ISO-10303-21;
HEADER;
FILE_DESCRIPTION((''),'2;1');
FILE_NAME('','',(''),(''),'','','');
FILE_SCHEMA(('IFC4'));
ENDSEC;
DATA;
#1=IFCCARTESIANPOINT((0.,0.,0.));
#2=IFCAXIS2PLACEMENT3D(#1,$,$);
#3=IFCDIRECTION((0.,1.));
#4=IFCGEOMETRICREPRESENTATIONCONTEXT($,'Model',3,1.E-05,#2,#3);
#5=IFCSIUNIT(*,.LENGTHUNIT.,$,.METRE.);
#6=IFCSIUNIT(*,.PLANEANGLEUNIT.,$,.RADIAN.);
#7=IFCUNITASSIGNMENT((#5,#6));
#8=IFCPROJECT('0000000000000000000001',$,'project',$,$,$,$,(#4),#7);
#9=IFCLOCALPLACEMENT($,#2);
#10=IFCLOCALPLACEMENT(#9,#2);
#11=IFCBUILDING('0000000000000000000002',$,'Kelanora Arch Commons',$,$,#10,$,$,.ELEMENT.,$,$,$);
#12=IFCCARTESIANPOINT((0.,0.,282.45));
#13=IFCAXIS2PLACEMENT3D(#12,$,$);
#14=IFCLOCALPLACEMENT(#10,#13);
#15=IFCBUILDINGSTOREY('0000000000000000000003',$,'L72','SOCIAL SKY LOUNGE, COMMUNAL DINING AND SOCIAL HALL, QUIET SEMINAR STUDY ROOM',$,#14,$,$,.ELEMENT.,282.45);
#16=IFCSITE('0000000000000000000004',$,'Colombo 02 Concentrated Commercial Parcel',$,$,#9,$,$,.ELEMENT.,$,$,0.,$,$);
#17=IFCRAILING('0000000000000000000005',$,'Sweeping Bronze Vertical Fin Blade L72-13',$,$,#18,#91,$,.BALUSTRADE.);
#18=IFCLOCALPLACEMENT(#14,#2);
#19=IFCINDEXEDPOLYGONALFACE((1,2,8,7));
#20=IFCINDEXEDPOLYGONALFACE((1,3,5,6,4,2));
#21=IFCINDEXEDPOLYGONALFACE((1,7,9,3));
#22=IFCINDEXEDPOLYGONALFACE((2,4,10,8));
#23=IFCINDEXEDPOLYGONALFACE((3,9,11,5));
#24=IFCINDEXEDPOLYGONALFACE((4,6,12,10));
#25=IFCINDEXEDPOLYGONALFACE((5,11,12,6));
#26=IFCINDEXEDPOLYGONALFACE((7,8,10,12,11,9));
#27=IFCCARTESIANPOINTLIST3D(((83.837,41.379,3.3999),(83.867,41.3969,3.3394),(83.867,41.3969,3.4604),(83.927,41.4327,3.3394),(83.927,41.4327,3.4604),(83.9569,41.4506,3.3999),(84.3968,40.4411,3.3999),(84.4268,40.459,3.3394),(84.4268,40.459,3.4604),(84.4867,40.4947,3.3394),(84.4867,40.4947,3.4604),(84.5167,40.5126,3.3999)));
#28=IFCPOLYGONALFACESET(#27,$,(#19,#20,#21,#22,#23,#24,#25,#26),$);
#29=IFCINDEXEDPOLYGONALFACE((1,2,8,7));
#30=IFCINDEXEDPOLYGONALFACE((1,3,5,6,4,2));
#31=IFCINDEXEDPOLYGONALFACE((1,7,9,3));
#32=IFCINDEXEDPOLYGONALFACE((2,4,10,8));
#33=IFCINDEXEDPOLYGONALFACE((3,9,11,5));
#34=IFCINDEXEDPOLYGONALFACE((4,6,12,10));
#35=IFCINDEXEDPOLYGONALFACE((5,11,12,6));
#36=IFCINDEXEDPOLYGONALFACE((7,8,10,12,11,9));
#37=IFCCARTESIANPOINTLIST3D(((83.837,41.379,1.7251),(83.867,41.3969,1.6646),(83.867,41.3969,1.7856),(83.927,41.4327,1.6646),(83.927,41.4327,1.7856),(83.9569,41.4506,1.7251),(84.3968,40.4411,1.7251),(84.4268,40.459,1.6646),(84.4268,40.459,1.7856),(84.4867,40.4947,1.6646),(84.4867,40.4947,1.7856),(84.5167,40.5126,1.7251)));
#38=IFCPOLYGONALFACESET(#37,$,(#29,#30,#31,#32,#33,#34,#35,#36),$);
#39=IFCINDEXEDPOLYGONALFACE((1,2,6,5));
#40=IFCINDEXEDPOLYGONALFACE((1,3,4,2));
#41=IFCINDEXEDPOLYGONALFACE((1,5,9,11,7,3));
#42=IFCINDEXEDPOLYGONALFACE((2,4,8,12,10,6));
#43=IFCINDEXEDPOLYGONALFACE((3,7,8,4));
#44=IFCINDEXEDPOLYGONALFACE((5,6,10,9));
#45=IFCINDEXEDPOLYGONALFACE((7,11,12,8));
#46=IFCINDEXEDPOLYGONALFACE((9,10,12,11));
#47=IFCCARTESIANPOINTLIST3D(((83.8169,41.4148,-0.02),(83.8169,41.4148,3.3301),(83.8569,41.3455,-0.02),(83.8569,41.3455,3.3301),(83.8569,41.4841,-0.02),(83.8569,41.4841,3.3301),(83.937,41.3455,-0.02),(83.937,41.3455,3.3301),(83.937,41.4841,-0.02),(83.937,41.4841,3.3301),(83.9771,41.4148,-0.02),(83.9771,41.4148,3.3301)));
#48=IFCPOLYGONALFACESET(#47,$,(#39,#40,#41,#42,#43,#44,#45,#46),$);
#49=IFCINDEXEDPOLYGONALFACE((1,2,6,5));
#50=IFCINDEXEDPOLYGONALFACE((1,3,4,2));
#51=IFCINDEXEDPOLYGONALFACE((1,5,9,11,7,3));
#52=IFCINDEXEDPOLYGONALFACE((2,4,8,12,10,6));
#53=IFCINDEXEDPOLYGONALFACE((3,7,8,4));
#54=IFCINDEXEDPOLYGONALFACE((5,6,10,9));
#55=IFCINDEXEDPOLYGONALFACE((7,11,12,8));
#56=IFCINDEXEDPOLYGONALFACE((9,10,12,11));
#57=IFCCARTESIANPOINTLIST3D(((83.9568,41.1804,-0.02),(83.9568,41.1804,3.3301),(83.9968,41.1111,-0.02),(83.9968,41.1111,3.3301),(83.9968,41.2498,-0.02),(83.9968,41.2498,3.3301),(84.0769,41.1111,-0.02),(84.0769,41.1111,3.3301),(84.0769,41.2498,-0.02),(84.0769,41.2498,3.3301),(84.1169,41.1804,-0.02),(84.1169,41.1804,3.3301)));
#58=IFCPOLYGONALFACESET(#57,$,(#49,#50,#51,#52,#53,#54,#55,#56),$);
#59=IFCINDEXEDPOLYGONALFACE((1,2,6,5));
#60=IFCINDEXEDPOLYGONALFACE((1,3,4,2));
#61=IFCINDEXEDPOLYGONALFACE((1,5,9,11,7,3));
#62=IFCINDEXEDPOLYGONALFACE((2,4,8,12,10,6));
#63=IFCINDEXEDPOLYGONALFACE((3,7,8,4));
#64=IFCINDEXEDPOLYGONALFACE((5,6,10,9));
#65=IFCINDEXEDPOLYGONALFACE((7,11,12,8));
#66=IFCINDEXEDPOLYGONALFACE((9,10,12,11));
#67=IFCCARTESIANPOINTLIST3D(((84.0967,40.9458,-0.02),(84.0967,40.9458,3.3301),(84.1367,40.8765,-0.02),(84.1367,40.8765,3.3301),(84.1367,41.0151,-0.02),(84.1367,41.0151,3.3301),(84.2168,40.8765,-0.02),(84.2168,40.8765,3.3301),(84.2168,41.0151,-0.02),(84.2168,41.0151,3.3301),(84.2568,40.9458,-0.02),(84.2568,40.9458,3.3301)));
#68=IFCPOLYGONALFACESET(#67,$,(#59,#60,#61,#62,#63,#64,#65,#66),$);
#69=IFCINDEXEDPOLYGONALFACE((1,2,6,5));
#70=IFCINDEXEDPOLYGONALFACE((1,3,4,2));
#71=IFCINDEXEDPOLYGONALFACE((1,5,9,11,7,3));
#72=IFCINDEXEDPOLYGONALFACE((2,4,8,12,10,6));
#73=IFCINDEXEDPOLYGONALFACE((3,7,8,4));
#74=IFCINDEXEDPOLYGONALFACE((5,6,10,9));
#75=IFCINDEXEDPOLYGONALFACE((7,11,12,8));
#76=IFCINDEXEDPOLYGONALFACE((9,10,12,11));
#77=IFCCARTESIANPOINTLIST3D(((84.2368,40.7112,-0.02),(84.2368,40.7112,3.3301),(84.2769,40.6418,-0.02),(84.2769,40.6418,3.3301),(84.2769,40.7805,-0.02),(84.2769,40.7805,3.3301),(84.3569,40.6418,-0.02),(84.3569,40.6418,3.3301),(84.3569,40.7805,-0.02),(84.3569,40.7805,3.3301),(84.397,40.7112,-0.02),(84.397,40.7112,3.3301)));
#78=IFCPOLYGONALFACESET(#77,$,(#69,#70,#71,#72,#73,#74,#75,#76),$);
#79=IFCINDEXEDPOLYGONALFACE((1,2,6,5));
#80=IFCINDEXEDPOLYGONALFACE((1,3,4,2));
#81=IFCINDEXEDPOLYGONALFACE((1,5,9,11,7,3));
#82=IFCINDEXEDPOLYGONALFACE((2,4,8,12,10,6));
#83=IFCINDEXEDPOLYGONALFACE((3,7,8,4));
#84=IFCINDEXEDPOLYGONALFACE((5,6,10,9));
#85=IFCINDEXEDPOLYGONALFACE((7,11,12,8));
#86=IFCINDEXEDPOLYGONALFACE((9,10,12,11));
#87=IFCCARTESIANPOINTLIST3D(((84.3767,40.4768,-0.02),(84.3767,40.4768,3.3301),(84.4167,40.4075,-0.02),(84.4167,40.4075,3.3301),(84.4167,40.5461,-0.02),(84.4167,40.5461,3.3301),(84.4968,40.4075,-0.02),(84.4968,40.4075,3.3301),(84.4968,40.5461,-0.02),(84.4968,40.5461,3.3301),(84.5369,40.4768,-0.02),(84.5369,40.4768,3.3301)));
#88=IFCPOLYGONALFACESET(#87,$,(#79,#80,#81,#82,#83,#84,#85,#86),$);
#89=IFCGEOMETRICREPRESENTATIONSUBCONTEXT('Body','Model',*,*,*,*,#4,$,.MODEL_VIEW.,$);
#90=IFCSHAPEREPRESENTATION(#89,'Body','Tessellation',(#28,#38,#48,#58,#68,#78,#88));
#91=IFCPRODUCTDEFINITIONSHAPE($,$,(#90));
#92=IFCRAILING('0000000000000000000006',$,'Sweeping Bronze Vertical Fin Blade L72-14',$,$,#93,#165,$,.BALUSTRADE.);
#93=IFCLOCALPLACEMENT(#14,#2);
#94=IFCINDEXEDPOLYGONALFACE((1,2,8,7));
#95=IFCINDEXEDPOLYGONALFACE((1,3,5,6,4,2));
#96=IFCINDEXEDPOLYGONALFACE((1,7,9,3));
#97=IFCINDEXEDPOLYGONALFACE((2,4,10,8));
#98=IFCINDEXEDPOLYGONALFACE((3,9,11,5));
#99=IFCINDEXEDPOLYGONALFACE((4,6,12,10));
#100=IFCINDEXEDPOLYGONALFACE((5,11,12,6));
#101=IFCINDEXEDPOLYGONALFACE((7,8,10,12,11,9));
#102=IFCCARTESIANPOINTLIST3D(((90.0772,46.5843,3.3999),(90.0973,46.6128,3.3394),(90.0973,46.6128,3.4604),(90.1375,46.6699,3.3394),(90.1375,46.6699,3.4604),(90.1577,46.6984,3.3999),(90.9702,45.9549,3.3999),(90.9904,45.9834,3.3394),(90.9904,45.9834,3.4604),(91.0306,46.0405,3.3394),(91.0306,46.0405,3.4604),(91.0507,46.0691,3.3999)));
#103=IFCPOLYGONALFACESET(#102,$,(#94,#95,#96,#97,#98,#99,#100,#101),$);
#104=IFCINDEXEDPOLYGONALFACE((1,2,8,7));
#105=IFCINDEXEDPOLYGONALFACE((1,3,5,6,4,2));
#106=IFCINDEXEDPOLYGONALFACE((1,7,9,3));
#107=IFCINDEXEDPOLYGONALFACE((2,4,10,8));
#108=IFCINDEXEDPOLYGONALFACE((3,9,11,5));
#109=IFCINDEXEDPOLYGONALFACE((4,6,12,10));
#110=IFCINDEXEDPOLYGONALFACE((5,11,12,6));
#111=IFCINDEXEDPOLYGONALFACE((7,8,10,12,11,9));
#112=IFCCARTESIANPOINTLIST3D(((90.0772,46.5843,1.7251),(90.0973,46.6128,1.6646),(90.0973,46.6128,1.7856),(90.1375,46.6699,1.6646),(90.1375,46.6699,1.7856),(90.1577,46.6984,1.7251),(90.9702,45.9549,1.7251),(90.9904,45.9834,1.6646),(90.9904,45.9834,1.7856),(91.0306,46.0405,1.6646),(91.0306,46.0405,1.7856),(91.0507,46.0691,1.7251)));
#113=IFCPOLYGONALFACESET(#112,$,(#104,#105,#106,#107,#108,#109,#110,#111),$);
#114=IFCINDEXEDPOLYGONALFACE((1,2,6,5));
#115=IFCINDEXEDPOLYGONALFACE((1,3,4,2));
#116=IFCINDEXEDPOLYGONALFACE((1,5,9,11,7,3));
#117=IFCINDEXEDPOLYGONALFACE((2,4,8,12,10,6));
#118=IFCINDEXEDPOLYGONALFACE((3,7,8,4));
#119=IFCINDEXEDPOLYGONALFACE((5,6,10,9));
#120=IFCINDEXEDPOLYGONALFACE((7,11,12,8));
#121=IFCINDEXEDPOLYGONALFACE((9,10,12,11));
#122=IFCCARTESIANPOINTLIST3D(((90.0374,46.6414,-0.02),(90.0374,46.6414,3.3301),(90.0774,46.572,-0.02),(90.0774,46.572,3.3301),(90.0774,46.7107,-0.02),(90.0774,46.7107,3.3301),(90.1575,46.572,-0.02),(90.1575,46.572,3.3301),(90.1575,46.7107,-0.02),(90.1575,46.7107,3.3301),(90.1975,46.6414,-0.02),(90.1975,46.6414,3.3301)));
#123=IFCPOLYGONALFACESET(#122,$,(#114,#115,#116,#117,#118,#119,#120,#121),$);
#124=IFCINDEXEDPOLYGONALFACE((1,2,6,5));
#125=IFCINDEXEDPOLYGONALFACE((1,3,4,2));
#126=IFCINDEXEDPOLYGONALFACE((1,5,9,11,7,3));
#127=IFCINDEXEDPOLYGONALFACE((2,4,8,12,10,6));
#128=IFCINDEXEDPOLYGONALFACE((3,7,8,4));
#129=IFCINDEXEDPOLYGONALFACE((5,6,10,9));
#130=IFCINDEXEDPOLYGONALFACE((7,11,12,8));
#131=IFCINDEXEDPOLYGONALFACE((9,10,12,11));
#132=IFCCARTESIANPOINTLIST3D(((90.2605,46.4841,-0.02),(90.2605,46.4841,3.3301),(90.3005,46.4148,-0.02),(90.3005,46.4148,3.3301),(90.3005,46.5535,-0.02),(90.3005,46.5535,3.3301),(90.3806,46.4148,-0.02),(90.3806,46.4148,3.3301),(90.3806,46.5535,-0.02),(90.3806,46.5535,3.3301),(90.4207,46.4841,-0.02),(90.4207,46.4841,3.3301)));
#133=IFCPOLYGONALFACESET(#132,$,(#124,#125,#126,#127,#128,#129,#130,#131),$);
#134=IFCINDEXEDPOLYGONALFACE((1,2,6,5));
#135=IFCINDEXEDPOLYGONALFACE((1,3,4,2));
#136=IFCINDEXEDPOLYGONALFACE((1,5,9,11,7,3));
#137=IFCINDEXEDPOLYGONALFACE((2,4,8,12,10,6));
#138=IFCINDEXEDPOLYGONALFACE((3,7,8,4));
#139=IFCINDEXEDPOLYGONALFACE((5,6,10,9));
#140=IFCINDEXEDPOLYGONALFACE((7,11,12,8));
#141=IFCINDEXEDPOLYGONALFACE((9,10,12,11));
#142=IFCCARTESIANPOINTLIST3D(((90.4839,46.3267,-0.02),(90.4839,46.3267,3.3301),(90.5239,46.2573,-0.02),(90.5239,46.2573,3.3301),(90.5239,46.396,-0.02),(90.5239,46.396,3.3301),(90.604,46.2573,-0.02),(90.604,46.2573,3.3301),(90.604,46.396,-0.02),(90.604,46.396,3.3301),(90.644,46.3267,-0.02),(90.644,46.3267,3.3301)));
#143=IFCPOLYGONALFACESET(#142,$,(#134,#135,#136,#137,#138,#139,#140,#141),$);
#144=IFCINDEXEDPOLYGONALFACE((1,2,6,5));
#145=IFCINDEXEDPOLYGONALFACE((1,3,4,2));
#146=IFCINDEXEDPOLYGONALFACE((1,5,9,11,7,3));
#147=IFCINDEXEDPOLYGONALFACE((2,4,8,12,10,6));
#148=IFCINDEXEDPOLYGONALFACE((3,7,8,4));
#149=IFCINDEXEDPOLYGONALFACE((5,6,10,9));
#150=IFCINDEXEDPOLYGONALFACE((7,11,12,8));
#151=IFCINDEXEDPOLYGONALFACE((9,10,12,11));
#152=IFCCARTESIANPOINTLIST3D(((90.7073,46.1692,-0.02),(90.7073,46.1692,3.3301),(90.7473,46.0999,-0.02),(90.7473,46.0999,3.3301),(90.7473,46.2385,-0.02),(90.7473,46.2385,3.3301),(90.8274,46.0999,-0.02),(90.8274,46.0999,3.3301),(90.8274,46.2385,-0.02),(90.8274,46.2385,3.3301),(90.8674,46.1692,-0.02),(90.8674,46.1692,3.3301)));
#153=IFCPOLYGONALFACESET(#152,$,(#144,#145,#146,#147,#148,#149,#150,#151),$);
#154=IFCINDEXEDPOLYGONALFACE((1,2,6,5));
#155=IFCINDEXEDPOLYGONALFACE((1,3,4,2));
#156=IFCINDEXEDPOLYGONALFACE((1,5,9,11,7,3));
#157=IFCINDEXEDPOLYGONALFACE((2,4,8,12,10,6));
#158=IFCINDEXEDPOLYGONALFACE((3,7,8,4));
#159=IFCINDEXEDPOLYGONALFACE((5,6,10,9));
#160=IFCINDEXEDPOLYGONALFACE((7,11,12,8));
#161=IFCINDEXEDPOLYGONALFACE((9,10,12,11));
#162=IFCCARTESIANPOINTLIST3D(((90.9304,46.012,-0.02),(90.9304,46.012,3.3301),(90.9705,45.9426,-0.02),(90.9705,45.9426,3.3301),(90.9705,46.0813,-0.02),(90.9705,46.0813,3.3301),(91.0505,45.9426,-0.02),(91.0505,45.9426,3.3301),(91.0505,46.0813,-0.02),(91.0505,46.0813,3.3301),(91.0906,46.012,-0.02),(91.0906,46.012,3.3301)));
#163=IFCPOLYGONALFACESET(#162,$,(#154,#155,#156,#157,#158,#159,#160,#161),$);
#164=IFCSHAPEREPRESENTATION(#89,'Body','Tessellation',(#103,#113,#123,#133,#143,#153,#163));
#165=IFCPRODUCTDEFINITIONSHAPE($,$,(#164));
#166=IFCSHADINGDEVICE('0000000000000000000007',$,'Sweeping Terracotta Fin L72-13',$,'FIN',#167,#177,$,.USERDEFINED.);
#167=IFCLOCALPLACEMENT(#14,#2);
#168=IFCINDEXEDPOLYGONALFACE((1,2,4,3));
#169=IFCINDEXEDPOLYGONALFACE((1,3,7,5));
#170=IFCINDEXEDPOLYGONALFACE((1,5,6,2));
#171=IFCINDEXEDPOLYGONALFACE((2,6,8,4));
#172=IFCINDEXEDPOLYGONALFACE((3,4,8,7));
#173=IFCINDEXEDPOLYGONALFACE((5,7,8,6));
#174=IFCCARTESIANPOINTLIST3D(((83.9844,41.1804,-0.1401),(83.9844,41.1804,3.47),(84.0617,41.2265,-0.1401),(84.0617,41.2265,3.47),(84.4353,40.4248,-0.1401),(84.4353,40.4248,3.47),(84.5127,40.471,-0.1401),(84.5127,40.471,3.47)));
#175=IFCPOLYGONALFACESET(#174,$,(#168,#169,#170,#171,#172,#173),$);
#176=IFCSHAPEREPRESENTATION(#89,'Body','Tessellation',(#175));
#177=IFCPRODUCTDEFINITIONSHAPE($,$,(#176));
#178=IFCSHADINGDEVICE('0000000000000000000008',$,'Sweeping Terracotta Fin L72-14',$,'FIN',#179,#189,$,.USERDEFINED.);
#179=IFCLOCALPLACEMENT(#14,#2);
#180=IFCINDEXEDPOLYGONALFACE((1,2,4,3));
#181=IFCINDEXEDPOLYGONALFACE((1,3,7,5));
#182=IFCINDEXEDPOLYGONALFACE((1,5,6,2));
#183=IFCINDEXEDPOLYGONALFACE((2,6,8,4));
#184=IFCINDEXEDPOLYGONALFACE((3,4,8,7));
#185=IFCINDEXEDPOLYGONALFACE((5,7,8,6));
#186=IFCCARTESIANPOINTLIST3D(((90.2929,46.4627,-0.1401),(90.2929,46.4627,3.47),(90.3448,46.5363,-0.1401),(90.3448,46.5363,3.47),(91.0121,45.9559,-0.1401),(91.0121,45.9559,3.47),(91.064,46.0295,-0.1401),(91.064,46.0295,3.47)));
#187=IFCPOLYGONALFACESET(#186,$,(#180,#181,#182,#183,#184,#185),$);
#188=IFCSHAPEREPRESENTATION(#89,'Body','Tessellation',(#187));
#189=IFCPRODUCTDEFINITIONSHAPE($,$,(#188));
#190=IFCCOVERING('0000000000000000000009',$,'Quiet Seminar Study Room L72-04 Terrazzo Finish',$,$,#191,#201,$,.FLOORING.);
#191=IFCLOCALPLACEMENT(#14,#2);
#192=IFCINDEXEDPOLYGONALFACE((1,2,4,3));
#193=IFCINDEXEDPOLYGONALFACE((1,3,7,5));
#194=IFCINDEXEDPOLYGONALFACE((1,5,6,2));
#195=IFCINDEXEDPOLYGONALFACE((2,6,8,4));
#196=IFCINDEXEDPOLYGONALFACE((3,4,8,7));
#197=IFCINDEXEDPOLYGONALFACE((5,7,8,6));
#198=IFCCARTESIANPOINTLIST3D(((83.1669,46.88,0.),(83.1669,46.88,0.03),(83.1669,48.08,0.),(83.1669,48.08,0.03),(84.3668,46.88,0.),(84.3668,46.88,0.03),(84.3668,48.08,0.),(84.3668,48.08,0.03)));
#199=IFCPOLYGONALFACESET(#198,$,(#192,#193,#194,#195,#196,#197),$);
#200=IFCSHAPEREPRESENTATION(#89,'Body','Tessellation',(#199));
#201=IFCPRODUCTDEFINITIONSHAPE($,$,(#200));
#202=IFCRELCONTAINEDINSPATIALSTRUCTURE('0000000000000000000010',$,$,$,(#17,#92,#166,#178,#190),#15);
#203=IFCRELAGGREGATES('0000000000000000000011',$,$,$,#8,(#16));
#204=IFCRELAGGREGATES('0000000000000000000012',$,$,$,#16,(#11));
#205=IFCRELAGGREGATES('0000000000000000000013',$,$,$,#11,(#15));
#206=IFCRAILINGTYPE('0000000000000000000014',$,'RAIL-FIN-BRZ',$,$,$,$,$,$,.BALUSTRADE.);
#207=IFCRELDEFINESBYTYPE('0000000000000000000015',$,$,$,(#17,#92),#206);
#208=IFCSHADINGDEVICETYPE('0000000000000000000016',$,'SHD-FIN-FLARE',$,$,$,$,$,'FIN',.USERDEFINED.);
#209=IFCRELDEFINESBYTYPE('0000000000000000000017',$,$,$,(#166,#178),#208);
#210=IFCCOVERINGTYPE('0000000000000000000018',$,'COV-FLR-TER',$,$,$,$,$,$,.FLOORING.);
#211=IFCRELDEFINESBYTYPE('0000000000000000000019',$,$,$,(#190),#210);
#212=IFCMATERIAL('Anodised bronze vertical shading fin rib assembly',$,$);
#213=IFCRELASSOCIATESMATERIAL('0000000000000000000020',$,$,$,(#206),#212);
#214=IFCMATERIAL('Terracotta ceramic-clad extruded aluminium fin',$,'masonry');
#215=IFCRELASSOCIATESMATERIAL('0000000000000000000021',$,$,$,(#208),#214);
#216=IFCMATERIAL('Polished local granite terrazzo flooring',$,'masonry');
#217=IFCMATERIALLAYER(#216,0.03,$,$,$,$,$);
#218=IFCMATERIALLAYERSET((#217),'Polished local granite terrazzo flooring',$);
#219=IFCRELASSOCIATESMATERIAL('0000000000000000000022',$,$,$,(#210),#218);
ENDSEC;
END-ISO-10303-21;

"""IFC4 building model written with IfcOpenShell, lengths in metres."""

from ifc_helpers import new_model, si_unit, direction, frame, origin, origin_2d, place, context, subcontext, project, spatial, polyline, rectangle, outline, extrude, source, transform, mapped, material, layer, layer_set, type_object, element, save


model = new_model("IFC4")

# Units and contexts
model_context = context("Model", 3, precision=1e-05, world=origin(), true_north=direction((0.0, 1.0)))
body_context = subcontext(model_context, "Body", "Model", "MODEL_VIEW")
ifc_project = project(units=[si_unit("LENGTHUNIT", "METRE"), si_unit("PLANEANGLEUNIT", "RADIAN")], contexts=[model_context])

# Site, building, storey
site_placement = place(None, origin())
site = spatial("IfcSite", under=ifc_project, at=site_placement, Name="Colombo 02 Concentrated Commercial Parcel", CompositionType="ELEMENT", RefElevation=0.0)
building_placement = place(site_placement, origin())
building = spatial("IfcBuilding", under=site, at=building_placement, Name="Kelanora Arch Commons", CompositionType="ELEMENT")
storey_placement = place(building_placement, frame((0.0, 0.0, 282.45)))
storey = spatial("IfcBuildingStorey", under=building, at=storey_placement, Name="L72", Description="SOCIAL SKY LOUNGE, COMMUNAL DINING AND SOCIAL HALL, QUIET SEMINAR STUDY ROOM", CompositionType="ELEMENT", Elevation=282.45)

# Railings
ifc_material_1 = material(Name="Anodised bronze vertical shading fin rib assembly")
railing_type = type_object("IfcRailingType", Name="RAIL-FIN-BRZ", PredefinedType="BALUSTRADE", material=ifc_material_1)
railing_1_placement = place(storey_placement, frame((83.897, 41.4148, -0.02)))
element("IfcRailing", 1, at=railing_1_placement, inside=storey, type_object=railing_type, Name="Sweeping Bronze Vertical Fin Blade L72-13", PredefinedType="BALUSTRADE", context=body_context, shape_type="SweptSolid", body=[
    extrude(outline(polyline([(0.0698, 0.0), (0.0349, 0.0605), (-0.0349, 0.0605), (-0.0698, 0.0), (-0.0349, -0.0605), (0.0349, -0.0605), (0.0698, 0.0)])), frame((0.0, 0.0, 3.4199), z_axis=(0.512489, -0.858694, 0.0), x_axis=(0.858694, 0.512489, 0.0)), (0.0, 0.0, 1.0), 1.0923),
    extrude(outline(polyline([(0.0698, 0.0), (0.0349, 0.0605), (-0.0349, 0.0605), (-0.0698, 0.0), (-0.0349, -0.0605), (0.0349, -0.0605), (0.0698, 0.0)])), frame((0.0, 0.0, 1.7451), z_axis=(0.512489, -0.858694, 0.0), x_axis=(0.858694, 0.512489, 0.0)), (0.0, 0.0, 1.0), 1.0923),
    extrude(outline(polyline([(0.0801, 0.0), (0.04, 0.0693), (-0.04, 0.0693), (-0.0801, 0.0), (-0.04, -0.0693), (0.04, -0.0693), (0.0801, 0.0)])), origin(), (0.0, 0.0, 1.0), 3.3501),
    extrude(outline(polyline([(0.0801, 0.0), (0.04, 0.0693), (-0.04, 0.0693), (-0.0801, 0.0), (-0.04, -0.0693), (0.04, -0.0693), (0.0801, 0.0)])), frame((0.1399, -0.2344, 0.0)), (0.0, 0.0, 1.0), 3.3501),
    extrude(outline(polyline([(0.0801, 0.0), (0.04, 0.0693), (-0.04, 0.0693), (-0.0801, 0.0), (-0.04, -0.0693), (0.04, -0.0693), (0.0801, 0.0)])), frame((0.2798, -0.469, 0.0)), (0.0, 0.0, 1.0), 3.3501),
    extrude(outline(polyline([(0.0801, 0.0), (0.04, 0.0693), (-0.04, 0.0693), (-0.0801, 0.0), (-0.04, -0.0693), (0.04, -0.0693), (0.0801, 0.0)])), frame((0.4199, -0.7036, 0.0)), (0.0, 0.0, 1.0), 3.3501),
    extrude(outline(polyline([(0.0801, 0.0), (0.04, 0.0693), (-0.04, 0.0693), (-0.0801, 0.0), (-0.04, -0.0693), (0.04, -0.0693), (0.0801, 0.0)])), frame((0.5598, -0.938, 0.0)), (0.0, 0.0, 1.0), 3.3501),
])
railing_2_placement = place(storey_placement, frame((90.1174, 46.6414, -0.02)))
element("IfcRailing", 2, at=railing_2_placement, inside=storey, type_object=railing_type, Name="Sweeping Bronze Vertical Fin Blade L72-14", PredefinedType="BALUSTRADE", context=body_context, shape_type="SweptSolid", body=[
    extrude(outline(polyline([(0.0698, 0.0), (0.0349, 0.0605), (-0.0349, 0.0605), (-0.0698, 0.0), (-0.0349, -0.0605), (0.0349, -0.0605), (0.0698, 0.0)])), frame((0.0, 0.0, 3.4199), z_axis=(0.817401, -0.576069, 0.0), x_axis=(0.576069, 0.817401, 0.0)), (0.0, 0.0, 1.0), 1.0925),
    extrude(outline(polyline([(0.0698, 0.0), (0.0349, 0.0605), (-0.0349, 0.0605), (-0.0698, 0.0), (-0.0349, -0.0605), (0.0349, -0.0605), (0.0698, 0.0)])), frame((0.0, 0.0, 1.7451), z_axis=(0.817401, -0.576069, 0.0), x_axis=(0.576069, 0.817401, 0.0)), (0.0, 0.0, 1.0), 1.0925),
    extrude(outline(polyline([(0.0801, 0.0), (0.04, 0.0693), (-0.04, 0.0693), (-0.0801, 0.0), (-0.04, -0.0693), (0.04, -0.0693), (0.0801, 0.0)])), origin(), (0.0, 0.0, 1.0), 3.3501),
    extrude(outline(polyline([(0.0801, 0.0), (0.04, 0.0693), (-0.04, 0.0693), (-0.0801, 0.0), (-0.04, -0.0693), (0.04, -0.0693), (0.0801, 0.0)])), frame((0.2231, -0.1572, 0.0)), (0.0, 0.0, 1.0), 3.3501),
    extrude(outline(polyline([(0.0801, 0.0), (0.04, 0.0693), (-0.04, 0.0693), (-0.0801, 0.0), (-0.04, -0.0693), (0.04, -0.0693), (0.0801, 0.0)])), frame((0.4465, -0.3147, 0.0)), (0.0, 0.0, 1.0), 3.3501),
    extrude(outline(polyline([(0.0801, 0.0), (0.04, 0.0693), (-0.04, 0.0693), (-0.0801, 0.0), (-0.04, -0.0693), (0.04, -0.0693), (0.0801, 0.0)])), frame((0.6699, -0.4722, 0.0)), (0.0, 0.0, 1.0), 3.3501),
    extrude(outline(polyline([(0.0801, 0.0), (0.04, 0.0693), (-0.04, 0.0693), (-0.0801, 0.0), (-0.04, -0.0693), (0.04, -0.0693), (0.0801, 0.0)])), frame((0.8931, -0.6294, 0.0)), (0.0, 0.0, 1.0), 3.3501),
])

# Shading devices
ifc_material_2 = material(Name="Terracotta ceramic-clad extruded aluminium fin", Category="masonry")
shading_device_type = type_object("IfcShadingDeviceType", Name="SHD-FIN-FLARE", ElementType="FIN", PredefinedType="USERDEFINED", material=ifc_material_2)
shared_shape_1 = source(origin(), body_context, "Body", "SweptSolid", [
    extrude(rectangle(XDim=0.8799, YDim=0.0901, at=origin_2d()), origin(), (0.0, 0.0, 1.0), 3.6101),
])
for number, where, z_axis, x_axis, name in (
    (3, (84.2485, 40.8257, -0.1401), (0.0, 0.0, 1.0), (0.512493, -0.858692, 0.0), "Sweeping Terracotta Fin L72-13"),
    (4, (90.6785, 46.2461, -0.1401), (0.0, 0.0, 1.0), (0.817447, -0.576004, 0.0), "Sweeping Terracotta Fin L72-14"),
):
    element("IfcShadingDevice", number, at=place(storey_placement, frame(where, z_axis=z_axis, x_axis=x_axis)), inside=storey, type_object=shading_device_type, Name=name, ObjectType="FIN", PredefinedType="USERDEFINED", context=body_context, shape_type="MappedRepresentation", body=[
        mapped(shared_shape_1, transform((0.0, 0.0, 0.0), scale=1.0)),
    ])

# Covering
ifc_material_3 = material(Name="Polished local granite terrazzo flooring", Category="masonry")
ifc_layer_1 = layer(ifc_material_3, 0.03)
ifc_layer_set_1 = layer_set([ifc_layer_1], Name="Polished local granite terrazzo flooring")
covering_type = type_object("IfcCoveringType", Name="COV-FLR-TER", PredefinedType="FLOORING", material=ifc_layer_set_1)
shared_shape_2 = source(origin(), body_context, "Body", "SweptSolid", [
    extrude(rectangle(XDim=1.2, YDim=1.2, at=origin_2d()), origin(), (0.0, 0.0, 1.0), 0.03),
])
covering_placement = place(storey_placement, frame((83.7668, 47.48, 0.0), z_axis=(0.0, 0.0, 1.0), x_axis=(1.0, 0.0, 0.0)))
element("IfcCovering", 5, at=covering_placement, inside=storey, type_object=covering_type, Name="Quiet Seminar Study Room L72-04 Terrazzo Finish", PredefinedType="FLOORING", context=body_context, shape_type="MappedRepresentation", body=[
    mapped(shared_shape_2, transform((0.0, 0.0, 0.0), scale=1.0)),
])

save(model, "model.ifc")
